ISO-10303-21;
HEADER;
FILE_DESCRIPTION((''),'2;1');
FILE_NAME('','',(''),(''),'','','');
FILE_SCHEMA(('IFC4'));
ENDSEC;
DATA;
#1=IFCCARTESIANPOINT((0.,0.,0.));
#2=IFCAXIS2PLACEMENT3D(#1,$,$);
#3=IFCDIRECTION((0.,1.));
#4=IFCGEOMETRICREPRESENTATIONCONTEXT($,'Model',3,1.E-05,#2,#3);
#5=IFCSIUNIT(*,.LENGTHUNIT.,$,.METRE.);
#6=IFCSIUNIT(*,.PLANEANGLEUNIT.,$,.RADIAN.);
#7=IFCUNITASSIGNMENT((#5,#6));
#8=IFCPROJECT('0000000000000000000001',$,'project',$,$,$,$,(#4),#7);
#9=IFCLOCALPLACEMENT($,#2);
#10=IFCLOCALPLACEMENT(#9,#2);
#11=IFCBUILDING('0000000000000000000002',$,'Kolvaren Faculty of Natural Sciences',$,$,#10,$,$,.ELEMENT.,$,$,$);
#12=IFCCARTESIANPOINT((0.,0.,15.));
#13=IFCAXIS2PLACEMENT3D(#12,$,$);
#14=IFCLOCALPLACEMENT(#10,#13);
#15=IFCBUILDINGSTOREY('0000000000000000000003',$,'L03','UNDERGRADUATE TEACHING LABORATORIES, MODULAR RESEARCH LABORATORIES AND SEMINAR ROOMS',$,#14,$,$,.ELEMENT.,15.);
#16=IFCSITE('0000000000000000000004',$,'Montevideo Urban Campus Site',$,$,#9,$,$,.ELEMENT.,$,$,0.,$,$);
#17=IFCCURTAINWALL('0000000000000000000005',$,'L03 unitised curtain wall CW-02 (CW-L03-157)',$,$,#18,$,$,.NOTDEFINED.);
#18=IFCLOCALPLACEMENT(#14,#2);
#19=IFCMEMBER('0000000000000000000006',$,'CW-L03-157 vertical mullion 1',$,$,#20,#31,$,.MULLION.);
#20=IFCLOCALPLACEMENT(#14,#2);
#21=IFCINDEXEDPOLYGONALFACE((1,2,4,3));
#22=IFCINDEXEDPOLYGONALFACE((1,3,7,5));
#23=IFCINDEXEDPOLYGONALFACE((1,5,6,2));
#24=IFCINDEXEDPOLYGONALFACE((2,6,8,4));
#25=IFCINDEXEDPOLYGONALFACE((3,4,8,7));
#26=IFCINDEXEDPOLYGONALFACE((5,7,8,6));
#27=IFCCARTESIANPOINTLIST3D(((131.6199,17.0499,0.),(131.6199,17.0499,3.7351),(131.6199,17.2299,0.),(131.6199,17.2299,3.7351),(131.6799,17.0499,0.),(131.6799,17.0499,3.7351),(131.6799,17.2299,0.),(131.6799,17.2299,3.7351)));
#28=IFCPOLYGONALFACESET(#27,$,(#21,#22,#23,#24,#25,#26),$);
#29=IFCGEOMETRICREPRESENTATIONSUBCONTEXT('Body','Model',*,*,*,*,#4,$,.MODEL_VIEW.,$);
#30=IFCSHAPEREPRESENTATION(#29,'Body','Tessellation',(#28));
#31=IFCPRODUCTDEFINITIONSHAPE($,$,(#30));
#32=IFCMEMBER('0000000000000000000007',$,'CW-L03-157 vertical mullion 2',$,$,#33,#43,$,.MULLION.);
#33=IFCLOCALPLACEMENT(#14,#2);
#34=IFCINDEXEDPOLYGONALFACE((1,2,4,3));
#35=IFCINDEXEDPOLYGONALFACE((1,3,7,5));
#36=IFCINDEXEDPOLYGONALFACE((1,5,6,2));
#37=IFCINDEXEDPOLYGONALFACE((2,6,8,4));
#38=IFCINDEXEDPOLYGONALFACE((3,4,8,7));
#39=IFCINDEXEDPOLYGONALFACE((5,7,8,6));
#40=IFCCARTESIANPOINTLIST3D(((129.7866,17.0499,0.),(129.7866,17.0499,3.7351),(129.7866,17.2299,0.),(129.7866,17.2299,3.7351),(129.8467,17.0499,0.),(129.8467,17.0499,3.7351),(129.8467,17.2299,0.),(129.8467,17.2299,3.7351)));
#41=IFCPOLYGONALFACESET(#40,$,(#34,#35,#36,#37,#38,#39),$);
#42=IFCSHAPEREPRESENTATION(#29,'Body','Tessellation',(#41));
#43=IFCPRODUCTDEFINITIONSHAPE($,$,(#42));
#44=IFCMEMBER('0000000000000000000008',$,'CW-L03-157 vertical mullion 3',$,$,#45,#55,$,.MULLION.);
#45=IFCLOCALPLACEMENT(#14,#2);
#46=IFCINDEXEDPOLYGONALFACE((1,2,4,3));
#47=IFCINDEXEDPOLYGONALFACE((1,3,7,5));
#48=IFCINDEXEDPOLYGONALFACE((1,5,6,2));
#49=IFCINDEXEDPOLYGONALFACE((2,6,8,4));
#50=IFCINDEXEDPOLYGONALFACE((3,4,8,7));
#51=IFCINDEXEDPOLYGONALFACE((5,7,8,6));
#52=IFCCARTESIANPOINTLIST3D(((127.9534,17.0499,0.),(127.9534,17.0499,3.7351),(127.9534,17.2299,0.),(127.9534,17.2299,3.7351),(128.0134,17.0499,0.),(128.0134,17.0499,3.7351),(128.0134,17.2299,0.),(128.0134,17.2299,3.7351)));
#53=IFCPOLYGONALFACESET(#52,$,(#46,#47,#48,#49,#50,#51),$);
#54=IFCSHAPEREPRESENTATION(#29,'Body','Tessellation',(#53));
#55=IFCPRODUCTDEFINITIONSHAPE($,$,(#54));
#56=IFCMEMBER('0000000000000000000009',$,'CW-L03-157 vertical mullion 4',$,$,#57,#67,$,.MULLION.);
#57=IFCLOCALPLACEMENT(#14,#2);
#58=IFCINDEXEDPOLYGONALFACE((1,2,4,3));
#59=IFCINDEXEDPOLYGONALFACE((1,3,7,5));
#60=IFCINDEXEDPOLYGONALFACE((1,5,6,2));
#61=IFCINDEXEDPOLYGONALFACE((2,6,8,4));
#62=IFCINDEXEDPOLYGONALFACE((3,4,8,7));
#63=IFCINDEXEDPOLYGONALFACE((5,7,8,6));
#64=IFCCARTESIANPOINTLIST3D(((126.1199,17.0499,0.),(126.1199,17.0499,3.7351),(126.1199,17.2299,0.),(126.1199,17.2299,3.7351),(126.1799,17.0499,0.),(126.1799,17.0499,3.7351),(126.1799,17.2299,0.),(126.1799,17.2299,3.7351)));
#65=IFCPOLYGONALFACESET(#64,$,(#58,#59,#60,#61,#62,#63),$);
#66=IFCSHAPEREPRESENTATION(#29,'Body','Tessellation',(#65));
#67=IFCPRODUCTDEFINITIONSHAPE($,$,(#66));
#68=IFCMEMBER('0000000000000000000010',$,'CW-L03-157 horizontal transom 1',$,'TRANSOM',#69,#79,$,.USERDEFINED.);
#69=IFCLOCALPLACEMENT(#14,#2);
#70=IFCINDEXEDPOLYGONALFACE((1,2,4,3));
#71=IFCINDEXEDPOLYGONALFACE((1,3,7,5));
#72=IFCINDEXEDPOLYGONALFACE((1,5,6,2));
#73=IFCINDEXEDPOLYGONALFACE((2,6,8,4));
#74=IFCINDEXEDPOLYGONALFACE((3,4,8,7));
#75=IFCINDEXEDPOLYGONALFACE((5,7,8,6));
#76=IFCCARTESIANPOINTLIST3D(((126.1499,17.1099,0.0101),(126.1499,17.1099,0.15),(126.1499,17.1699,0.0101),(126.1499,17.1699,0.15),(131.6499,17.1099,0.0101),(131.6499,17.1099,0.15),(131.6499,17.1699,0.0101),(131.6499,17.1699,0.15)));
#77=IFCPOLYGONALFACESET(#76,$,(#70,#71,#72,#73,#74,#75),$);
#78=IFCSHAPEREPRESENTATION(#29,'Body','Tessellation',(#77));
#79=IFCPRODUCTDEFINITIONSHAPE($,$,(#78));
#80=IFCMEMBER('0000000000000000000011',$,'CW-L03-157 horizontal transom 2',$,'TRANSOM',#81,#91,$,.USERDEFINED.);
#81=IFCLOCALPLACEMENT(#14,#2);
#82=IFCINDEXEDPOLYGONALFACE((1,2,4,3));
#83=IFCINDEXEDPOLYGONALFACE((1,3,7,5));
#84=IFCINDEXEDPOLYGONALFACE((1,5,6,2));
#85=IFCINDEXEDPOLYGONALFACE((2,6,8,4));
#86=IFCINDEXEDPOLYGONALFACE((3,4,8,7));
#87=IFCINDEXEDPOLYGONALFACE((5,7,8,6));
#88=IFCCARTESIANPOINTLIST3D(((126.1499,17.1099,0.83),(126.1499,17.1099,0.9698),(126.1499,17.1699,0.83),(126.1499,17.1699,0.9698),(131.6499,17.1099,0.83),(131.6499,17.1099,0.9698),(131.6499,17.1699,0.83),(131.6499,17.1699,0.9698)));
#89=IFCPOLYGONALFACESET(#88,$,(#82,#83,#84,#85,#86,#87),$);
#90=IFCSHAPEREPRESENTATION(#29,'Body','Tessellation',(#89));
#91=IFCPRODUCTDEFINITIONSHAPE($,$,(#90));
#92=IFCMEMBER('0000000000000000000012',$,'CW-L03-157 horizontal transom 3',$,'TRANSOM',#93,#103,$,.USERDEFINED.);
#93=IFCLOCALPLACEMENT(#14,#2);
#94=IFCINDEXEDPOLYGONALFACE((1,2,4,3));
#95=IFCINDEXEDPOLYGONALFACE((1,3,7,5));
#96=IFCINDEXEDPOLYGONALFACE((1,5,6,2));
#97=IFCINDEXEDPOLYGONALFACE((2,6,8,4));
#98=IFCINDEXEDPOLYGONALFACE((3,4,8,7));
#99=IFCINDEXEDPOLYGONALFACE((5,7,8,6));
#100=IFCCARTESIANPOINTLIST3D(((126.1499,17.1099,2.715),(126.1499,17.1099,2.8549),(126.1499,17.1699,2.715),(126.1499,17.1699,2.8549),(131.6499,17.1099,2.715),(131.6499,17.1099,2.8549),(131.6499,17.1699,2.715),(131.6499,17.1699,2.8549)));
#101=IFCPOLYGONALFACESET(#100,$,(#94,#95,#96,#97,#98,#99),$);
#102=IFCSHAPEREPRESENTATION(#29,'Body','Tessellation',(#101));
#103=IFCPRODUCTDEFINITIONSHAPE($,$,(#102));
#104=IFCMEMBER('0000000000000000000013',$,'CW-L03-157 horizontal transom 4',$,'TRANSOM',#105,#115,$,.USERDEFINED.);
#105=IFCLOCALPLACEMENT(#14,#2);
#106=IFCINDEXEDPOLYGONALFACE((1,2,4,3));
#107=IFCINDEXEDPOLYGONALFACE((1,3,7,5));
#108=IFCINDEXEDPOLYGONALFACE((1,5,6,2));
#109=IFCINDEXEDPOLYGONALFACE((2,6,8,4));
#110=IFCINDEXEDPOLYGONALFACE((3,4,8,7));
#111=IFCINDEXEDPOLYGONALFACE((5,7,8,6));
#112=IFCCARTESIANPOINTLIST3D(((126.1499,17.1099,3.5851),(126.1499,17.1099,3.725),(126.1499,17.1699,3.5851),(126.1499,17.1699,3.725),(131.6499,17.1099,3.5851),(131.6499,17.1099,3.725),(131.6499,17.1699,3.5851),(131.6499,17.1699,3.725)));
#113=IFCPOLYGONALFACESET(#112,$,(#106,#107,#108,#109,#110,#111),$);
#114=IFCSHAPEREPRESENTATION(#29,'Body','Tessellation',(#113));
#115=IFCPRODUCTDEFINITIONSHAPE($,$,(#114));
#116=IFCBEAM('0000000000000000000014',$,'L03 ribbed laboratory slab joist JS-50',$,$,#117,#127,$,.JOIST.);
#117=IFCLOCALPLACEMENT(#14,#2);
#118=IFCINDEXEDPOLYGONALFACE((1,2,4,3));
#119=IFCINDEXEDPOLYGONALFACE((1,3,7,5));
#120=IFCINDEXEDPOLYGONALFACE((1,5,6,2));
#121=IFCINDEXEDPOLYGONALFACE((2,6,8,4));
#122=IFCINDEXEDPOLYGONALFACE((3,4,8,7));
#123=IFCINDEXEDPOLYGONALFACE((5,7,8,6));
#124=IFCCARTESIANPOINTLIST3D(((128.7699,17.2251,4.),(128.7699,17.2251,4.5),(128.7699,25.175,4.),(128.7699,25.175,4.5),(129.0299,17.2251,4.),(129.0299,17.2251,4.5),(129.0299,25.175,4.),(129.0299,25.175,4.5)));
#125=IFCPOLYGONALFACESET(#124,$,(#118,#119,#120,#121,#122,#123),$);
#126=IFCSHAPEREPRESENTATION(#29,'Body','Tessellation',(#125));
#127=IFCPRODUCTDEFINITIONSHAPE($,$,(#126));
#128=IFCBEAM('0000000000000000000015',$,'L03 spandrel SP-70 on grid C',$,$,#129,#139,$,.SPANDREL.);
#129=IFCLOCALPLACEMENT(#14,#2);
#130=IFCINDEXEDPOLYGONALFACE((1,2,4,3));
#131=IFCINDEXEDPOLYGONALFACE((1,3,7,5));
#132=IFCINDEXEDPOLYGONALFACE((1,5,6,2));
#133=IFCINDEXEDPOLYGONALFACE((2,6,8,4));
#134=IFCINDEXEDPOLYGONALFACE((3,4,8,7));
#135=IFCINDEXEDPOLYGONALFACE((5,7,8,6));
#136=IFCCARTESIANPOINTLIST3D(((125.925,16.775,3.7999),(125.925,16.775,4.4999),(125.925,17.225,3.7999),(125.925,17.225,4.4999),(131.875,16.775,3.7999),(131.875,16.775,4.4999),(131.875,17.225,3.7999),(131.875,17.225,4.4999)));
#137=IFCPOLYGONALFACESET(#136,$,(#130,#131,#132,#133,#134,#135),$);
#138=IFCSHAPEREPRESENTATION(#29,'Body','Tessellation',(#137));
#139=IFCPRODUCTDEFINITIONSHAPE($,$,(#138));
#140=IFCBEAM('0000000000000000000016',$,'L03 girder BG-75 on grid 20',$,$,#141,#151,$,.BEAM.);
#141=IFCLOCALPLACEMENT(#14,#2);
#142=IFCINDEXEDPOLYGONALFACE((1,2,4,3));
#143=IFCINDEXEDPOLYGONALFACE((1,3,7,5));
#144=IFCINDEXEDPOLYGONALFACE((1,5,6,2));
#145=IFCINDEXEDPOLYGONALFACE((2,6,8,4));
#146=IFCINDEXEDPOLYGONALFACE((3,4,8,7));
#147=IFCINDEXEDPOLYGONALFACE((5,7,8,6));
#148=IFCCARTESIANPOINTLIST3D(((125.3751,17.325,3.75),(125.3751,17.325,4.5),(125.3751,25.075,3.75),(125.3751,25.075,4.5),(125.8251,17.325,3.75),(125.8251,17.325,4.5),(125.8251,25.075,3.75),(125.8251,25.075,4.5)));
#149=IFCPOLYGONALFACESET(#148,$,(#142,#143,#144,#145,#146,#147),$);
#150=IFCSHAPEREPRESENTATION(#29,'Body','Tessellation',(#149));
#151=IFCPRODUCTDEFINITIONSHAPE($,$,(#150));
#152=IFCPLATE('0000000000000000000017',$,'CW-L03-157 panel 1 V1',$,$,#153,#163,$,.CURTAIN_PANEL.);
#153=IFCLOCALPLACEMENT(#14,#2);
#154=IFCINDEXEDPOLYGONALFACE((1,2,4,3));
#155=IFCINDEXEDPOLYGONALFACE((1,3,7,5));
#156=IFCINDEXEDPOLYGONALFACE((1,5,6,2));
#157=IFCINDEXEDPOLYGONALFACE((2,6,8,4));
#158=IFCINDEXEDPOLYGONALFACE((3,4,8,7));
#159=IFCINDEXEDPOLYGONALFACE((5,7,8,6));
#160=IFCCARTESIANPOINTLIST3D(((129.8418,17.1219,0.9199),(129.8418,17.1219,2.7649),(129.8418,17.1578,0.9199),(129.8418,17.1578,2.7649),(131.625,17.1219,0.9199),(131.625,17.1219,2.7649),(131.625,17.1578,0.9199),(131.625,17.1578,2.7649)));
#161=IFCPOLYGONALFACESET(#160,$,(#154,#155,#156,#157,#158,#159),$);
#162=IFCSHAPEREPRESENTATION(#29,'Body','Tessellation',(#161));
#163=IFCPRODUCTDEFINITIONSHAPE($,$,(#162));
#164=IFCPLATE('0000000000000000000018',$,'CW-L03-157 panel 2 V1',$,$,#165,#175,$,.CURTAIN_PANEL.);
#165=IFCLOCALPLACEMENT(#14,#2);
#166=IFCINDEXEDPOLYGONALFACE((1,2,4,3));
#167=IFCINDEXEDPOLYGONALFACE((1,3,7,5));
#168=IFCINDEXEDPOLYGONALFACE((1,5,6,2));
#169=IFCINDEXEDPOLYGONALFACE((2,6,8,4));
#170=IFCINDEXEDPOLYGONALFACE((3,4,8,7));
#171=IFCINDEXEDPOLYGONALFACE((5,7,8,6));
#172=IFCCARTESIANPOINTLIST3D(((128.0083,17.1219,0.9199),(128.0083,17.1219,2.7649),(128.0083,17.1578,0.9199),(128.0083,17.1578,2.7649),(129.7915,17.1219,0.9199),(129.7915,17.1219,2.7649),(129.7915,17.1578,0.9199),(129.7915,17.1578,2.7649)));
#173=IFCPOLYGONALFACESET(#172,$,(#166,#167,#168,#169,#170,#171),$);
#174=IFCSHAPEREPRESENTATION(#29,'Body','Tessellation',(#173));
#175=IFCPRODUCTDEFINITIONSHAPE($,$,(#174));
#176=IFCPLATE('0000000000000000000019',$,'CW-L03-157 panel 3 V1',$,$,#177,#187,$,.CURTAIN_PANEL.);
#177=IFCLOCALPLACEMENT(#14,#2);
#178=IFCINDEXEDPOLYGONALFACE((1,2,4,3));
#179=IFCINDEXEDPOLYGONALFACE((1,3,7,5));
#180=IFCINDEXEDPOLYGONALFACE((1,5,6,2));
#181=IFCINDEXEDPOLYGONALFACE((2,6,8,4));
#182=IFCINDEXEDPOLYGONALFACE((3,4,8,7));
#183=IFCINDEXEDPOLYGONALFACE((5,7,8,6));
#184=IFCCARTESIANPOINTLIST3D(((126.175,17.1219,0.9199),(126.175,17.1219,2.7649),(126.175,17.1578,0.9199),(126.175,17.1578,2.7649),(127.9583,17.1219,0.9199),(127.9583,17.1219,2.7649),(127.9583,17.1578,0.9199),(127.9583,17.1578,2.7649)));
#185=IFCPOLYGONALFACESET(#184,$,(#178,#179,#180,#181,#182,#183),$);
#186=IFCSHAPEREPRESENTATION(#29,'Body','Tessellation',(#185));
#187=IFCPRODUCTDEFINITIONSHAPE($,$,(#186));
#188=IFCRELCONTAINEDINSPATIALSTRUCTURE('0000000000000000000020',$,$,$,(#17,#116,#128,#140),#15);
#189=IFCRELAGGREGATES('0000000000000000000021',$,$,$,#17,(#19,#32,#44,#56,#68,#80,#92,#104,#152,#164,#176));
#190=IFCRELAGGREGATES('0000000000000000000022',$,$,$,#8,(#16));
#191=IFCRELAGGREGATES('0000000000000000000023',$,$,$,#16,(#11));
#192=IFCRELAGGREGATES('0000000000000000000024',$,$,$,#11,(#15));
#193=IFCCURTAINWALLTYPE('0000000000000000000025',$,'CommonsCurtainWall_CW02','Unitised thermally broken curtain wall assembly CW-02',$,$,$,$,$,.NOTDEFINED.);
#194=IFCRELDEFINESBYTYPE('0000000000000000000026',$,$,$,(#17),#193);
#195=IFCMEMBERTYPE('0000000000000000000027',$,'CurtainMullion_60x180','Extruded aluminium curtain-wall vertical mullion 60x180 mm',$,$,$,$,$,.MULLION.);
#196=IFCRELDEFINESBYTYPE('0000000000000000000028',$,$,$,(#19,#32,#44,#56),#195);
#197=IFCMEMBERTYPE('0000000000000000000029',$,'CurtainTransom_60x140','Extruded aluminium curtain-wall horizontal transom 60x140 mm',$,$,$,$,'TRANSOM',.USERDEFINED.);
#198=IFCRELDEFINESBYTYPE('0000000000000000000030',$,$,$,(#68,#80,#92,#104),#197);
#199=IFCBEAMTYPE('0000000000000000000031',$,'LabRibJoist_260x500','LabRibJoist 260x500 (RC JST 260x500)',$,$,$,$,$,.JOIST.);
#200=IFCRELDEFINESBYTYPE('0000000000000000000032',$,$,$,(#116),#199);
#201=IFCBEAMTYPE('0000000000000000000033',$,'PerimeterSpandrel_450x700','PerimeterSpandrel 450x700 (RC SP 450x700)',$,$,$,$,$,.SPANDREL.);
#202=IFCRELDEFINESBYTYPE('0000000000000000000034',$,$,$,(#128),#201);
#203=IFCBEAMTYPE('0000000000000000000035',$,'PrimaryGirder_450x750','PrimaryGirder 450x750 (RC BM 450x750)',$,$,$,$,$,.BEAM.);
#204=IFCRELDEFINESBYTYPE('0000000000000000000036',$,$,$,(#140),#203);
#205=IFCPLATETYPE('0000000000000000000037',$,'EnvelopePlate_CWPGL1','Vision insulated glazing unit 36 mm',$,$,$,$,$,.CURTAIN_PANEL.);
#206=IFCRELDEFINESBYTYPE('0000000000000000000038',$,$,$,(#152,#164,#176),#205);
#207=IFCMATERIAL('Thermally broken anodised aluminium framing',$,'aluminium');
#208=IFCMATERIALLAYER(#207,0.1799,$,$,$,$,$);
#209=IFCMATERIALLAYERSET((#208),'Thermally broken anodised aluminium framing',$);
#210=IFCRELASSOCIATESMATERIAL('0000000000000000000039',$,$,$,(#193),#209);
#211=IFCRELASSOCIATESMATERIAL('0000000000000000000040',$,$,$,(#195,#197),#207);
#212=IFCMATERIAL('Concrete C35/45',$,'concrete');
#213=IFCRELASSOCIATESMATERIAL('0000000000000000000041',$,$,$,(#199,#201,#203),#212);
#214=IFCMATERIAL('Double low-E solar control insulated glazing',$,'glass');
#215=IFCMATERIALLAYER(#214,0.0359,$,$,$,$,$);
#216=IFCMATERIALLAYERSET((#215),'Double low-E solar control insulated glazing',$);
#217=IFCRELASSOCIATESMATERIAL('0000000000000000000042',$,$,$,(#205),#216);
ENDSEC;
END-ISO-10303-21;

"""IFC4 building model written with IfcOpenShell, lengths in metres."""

from ifc_helpers import new_model, si_unit, direction, frame, origin, origin_2d, place, context, subcontext, project, spatial, rectangle, extrude, material, layer, layer_set, material_profile, profile_set, type_object, element, aggregate, save


model = new_model("IFC4")

# Units and contexts
model_context = context("Model", 3, precision=1e-05, world=origin(), true_north=direction((0.0, 1.0)))
body_context = subcontext(model_context, "Body", "Model", "MODEL_VIEW")
ifc_project = project(units=[si_unit("LENGTHUNIT", "METRE"), si_unit("PLANEANGLEUNIT", "RADIAN")], contexts=[model_context])

# Site, building, storey
site_placement = place(None, origin())
site = spatial("IfcSite", under=ifc_project, at=site_placement, Name="Montevideo Urban Campus Site", CompositionType="ELEMENT", RefElevation=0.0)
building_placement = place(site_placement, origin())
building = spatial("IfcBuilding", under=site, at=building_placement, Name="Kolvaren Faculty of Natural Sciences", CompositionType="ELEMENT")
storey_placement = place(building_placement, frame((0.0, 0.0, 15.0)))
storey = spatial("IfcBuildingStorey", under=building, at=storey_placement, Name="L03", Description="UNDERGRADUATE TEACHING LABORATORIES, MODULAR RESEARCH LABORATORIES AND SEMINAR ROOMS", CompositionType="ELEMENT", Elevation=15.0)

# Curtain wall, members
ifc_material_1 = material(Name="Thermally broken anodised aluminium framing", Category="aluminium")
ifc_layer_1 = layer(ifc_material_1, 0.1799)
ifc_layer_set_1 = layer_set([ifc_layer_1], Name="Thermally broken anodised aluminium framing")
curtain_wall_type = type_object("IfcCurtainWallType", Name="CommonsCurtainWall_CW02", Description="Unitised thermally broken curtain wall assembly CW-02", PredefinedType="NOTDEFINED", material=ifc_layer_set_1)
curtain_wall_placement = place(storey_placement, origin())
curtain_wall = element("IfcCurtainWall", 1, at=curtain_wall_placement, inside=storey, type_object=curtain_wall_type, Name="L03 unitised curtain wall CW-02 (CW-L03-157)", PredefinedType="NOTDEFINED")
ifc_material_profile_1 = material_profile(ifc_material_1, rectangle(XDim=0.0601, YDim=0.1799, at=origin_2d()), Name="ALU MUL 60x180")
ifc_profile_set_1 = profile_set([ifc_material_profile_1], Name="Thermally broken anodised aluminium framing")
member_type_1 = type_object("IfcMemberType", Name="CurtainMullion_60x180", Description="Extruded aluminium curtain-wall vertical mullion 60x180 mm", PredefinedType="MULLION", material=ifc_profile_set_1)
member_1_placement = place(storey_placement, frame((131.6499, 17.1399, 0.0), z_axis=(0.0, 0.0, 1.0), x_axis=(-1.0, 0.0, 0.0)))
member_1 = element("IfcMember", 2, at=member_1_placement, type_object=member_type_1, Name="CW-L03-157 vertical mullion 1", PredefinedType="MULLION", context=body_context, shape_type="SweptSolid", body=[
    extrude(rectangle(XDim=0.0601, YDim=0.1799, at=origin_2d()), origin(), (0.0, 0.0, 1.0), 3.7351),
])
member_2_placement = place(storey_placement, frame((129.8167, 17.1399, 0.0), z_axis=(0.0, 0.0, 1.0), x_axis=(-1.0, 0.0, 0.0)))
member_2 = element("IfcMember", 3, at=member_2_placement, type_object=member_type_1, Name="CW-L03-157 vertical mullion 2", PredefinedType="MULLION", context=body_context, shape_type="SweptSolid", body=[
    extrude(rectangle(XDim=0.0601, YDim=0.1799, at=origin_2d()), origin(), (0.0, 0.0, 1.0), 3.7351),
])
member_3_placement = place(storey_placement, frame((127.9834, 17.1399, 0.0), z_axis=(0.0, 0.0, 1.0), x_axis=(-1.0, 0.0, 0.0)))
member_3 = element("IfcMember", 4, at=member_3_placement, type_object=member_type_1, Name="CW-L03-157 vertical mullion 3", PredefinedType="MULLION", context=body_context, shape_type="SweptSolid", body=[
    extrude(rectangle(XDim=0.0601, YDim=0.1799, at=origin_2d()), origin(), (0.0, 0.0, 1.0), 3.7351),
])
member_4_placement = place(storey_placement, frame((126.1499, 17.1399, 0.0), z_axis=(0.0, 0.0, 1.0), x_axis=(-1.0, 0.0, 0.0)))
member_4 = element("IfcMember", 5, at=member_4_placement, type_object=member_type_1, Name="CW-L03-157 vertical mullion 4", PredefinedType="MULLION", context=body_context, shape_type="SweptSolid", body=[
    extrude(rectangle(XDim=0.0601, YDim=0.1799, at=origin_2d()), origin(), (0.0, 0.0, 1.0), 3.7351),
])
ifc_material_profile_2 = material_profile(ifc_material_1, rectangle(XDim=0.0601, YDim=0.1399, at=origin_2d()), Name="ALU TRN 60x140")
ifc_profile_set_2 = profile_set([ifc_material_profile_2], Name="Thermally broken anodised aluminium framing")
member_type_2 = type_object("IfcMemberType", Name="CurtainTransom_60x140", Description="Extruded aluminium curtain-wall horizontal transom 60x140 mm", ElementType="TRANSOM", PredefinedType="USERDEFINED", material=ifc_profile_set_2)
member_5_placement = place(storey_placement, frame((131.6499, 17.1399, 0.0801), z_axis=(-1.0, 0.0, 0.0), x_axis=(0.0, -1.0, 0.0)))
member_5 = element("IfcMember", 6, at=member_5_placement, type_object=member_type_2, Name="CW-L03-157 horizontal transom 1", ObjectType="TRANSOM", PredefinedType="USERDEFINED", context=body_context, shape_type="SweptSolid", body=[
    extrude(rectangle(XDim=0.0601, YDim=0.1399, at=origin_2d()), origin(), (0.0, 0.0, 1.0), 5.5),
])
member_6_placement = place(storey_placement, frame((131.6499, 17.1399, 0.8999), z_axis=(-1.0, 0.0, 0.0), x_axis=(0.0, -1.0, 0.0)))
member_6 = element("IfcMember", 7, at=member_6_placement, type_object=member_type_2, Name="CW-L03-157 horizontal transom 2", ObjectType="TRANSOM", PredefinedType="USERDEFINED", context=body_context, shape_type="SweptSolid", body=[
    extrude(rectangle(XDim=0.0601, YDim=0.1399, at=origin_2d()), origin(), (0.0, 0.0, 1.0), 5.5),
])
member_7_placement = place(storey_placement, frame((131.6499, 17.1399, 2.7849), z_axis=(-1.0, 0.0, 0.0), x_axis=(0.0, -1.0, 0.0)))
member_7 = element("IfcMember", 8, at=member_7_placement, type_object=member_type_2, Name="CW-L03-157 horizontal transom 3", ObjectType="TRANSOM", PredefinedType="USERDEFINED", context=body_context, shape_type="SweptSolid", body=[
    extrude(rectangle(XDim=0.0601, YDim=0.1399, at=origin_2d()), origin(), (0.0, 0.0, 1.0), 5.5),
])
member_8_placement = place(storey_placement, frame((131.6499, 17.1399, 3.655), z_axis=(-1.0, 0.0, 0.0), x_axis=(0.0, -1.0, 0.0)))
member_8 = element("IfcMember", 9, at=member_8_placement, type_object=member_type_2, Name="CW-L03-157 horizontal transom 4", ObjectType="TRANSOM", PredefinedType="USERDEFINED", context=body_context, shape_type="SweptSolid", body=[
    extrude(rectangle(XDim=0.0601, YDim=0.1399, at=origin_2d()), origin(), (0.0, 0.0, 1.0), 5.5),
])

# Beams
ifc_material_2 = material(Name="Concrete C35/45", Category="concrete")
ifc_material_profile_3 = material_profile(ifc_material_2, rectangle(XDim=0.26, YDim=0.5, at=origin_2d()), Name="RC JST 260x500")
ifc_profile_set_3 = profile_set([ifc_material_profile_3], Name="Concrete C35/45")
beam_type_1 = type_object("IfcBeamType", Name="LabRibJoist_260x500", Description="LabRibJoist 260x500 (RC JST 260x500)", PredefinedType="JOIST", material=ifc_profile_set_3)
beam_1_placement = place(storey_placement, frame((128.8999, 17.2251, 4.25), z_axis=(0.0, 1.0, 0.0), x_axis=(-1.0, 0.0, 0.0)))
element("IfcBeam", 10, at=beam_1_placement, inside=storey, type_object=beam_type_1, Name="L03 ribbed laboratory slab joist JS-50", PredefinedType="JOIST", context=body_context, shape_type="SweptSolid", body=[
    extrude(rectangle(XDim=0.26, YDim=0.5, at=origin_2d()), origin(), (0.0, 0.0, 1.0), 7.95),
])
ifc_material_profile_4 = material_profile(ifc_material_2, rectangle(XDim=0.45, YDim=0.7, at=origin_2d()), Name="RC SP 450x700")
ifc_profile_set_4 = profile_set([ifc_material_profile_4], Name="Concrete C35/45")
beam_type_2 = type_object("IfcBeamType", Name="PerimeterSpandrel_450x700", Description="PerimeterSpandrel 450x700 (RC SP 450x700)", PredefinedType="SPANDREL", material=ifc_profile_set_4)
beam_2_placement = place(storey_placement, frame((125.925, 17.0, 4.1499), z_axis=(1.0, 0.0, 0.0), x_axis=(0.0, 1.0, 0.0)))
element("IfcBeam", 11, at=beam_2_placement, inside=storey, type_object=beam_type_2, Name="L03 spandrel SP-70 on grid C", PredefinedType="SPANDREL", context=body_context, shape_type="SweptSolid", body=[
    extrude(rectangle(XDim=0.45, YDim=0.7, at=origin_2d()), origin(), (0.0, 0.0, 1.0), 5.95),
])
ifc_material_profile_5 = material_profile(ifc_material_2, rectangle(XDim=0.45, YDim=0.75, at=origin_2d()), Name="RC BM 450x750")
ifc_profile_set_5 = profile_set([ifc_material_profile_5], Name="Concrete C35/45")
beam_type_3 = type_object("IfcBeamType", Name="PrimaryGirder_450x750", Description="PrimaryGirder 450x750 (RC BM 450x750)", PredefinedType="BEAM", material=ifc_profile_set_5)
beam_3_placement = place(storey_placement, frame((125.6001, 17.325, 4.125), z_axis=(0.0, 1.0, 0.0), x_axis=(-1.0, 0.0, 0.0)))
element("IfcBeam", 12, at=beam_3_placement, inside=storey, type_object=beam_type_3, Name="L03 girder BG-75 on grid 20", PredefinedType="BEAM", context=body_context, shape_type="SweptSolid", body=[
    extrude(rectangle(XDim=0.45, YDim=0.75, at=origin_2d()), origin(), (0.0, 0.0, 1.0), 7.75),
])

# Plates
ifc_material_3 = material(Name="Double low-E solar control insulated glazing", Category="glass")
ifc_layer_2 = layer(ifc_material_3, 0.0359)
ifc_layer_set_2 = layer_set([ifc_layer_2], Name="Double low-E solar control insulated glazing")
plate_type_1 = type_object("IfcPlateType", Name="EnvelopePlate_CWPGL1", Description="Vision insulated glazing unit 36 mm", PredefinedType="CURTAIN_PANEL", material=ifc_layer_set_2)
plate_1_placement = place(storey_placement, frame((130.7334, 17.1399, 0.9199), z_axis=(0.0, 0.0, 1.0), x_axis=(-1.0, 0.0, 0.0)))
plate_1 = element("IfcPlate", 13, at=plate_1_placement, type_object=plate_type_1, Name="CW-L03-157 panel 1 V1", PredefinedType="CURTAIN_PANEL", context=body_context, shape_type="SweptSolid", body=[
    extrude(rectangle(XDim=1.7832, YDim=0.0359, at=origin_2d()), origin(), (0.0, 0.0, 1.0), 1.845),
])
plate_2_placement = place(storey_placement, frame((128.8999, 17.1399, 0.9199), z_axis=(0.0, 0.0, 1.0), x_axis=(-1.0, 0.0, 0.0)))
plate_2 = element("IfcPlate", 14, at=plate_2_placement, type_object=plate_type_1, Name="CW-L03-157 panel 2 V1", PredefinedType="CURTAIN_PANEL", context=body_context, shape_type="SweptSolid", body=[
    extrude(rectangle(XDim=1.7832, YDim=0.0359, at=origin_2d()), origin(), (0.0, 0.0, 1.0), 1.845),
])
plate_3_placement = place(storey_placement, frame((127.0667, 17.1399, 0.9199), z_axis=(0.0, 0.0, 1.0), x_axis=(-1.0, 0.0, 0.0)))
plate_3 = element("IfcPlate", 15, at=plate_3_placement, type_object=plate_type_1, Name="CW-L03-157 panel 3 V1", PredefinedType="CURTAIN_PANEL", context=body_context, shape_type="SweptSolid", body=[
    extrude(rectangle(XDim=1.7832, YDim=0.0359, at=origin_2d()), origin(), (0.0, 0.0, 1.0), 1.845),
])
aggregate(curtain_wall, [member_1, member_2, member_3, member_4, member_5, member_6, member_7, member_8, plate_1, plate_2, plate_3])

save(model, "model.ifc")
